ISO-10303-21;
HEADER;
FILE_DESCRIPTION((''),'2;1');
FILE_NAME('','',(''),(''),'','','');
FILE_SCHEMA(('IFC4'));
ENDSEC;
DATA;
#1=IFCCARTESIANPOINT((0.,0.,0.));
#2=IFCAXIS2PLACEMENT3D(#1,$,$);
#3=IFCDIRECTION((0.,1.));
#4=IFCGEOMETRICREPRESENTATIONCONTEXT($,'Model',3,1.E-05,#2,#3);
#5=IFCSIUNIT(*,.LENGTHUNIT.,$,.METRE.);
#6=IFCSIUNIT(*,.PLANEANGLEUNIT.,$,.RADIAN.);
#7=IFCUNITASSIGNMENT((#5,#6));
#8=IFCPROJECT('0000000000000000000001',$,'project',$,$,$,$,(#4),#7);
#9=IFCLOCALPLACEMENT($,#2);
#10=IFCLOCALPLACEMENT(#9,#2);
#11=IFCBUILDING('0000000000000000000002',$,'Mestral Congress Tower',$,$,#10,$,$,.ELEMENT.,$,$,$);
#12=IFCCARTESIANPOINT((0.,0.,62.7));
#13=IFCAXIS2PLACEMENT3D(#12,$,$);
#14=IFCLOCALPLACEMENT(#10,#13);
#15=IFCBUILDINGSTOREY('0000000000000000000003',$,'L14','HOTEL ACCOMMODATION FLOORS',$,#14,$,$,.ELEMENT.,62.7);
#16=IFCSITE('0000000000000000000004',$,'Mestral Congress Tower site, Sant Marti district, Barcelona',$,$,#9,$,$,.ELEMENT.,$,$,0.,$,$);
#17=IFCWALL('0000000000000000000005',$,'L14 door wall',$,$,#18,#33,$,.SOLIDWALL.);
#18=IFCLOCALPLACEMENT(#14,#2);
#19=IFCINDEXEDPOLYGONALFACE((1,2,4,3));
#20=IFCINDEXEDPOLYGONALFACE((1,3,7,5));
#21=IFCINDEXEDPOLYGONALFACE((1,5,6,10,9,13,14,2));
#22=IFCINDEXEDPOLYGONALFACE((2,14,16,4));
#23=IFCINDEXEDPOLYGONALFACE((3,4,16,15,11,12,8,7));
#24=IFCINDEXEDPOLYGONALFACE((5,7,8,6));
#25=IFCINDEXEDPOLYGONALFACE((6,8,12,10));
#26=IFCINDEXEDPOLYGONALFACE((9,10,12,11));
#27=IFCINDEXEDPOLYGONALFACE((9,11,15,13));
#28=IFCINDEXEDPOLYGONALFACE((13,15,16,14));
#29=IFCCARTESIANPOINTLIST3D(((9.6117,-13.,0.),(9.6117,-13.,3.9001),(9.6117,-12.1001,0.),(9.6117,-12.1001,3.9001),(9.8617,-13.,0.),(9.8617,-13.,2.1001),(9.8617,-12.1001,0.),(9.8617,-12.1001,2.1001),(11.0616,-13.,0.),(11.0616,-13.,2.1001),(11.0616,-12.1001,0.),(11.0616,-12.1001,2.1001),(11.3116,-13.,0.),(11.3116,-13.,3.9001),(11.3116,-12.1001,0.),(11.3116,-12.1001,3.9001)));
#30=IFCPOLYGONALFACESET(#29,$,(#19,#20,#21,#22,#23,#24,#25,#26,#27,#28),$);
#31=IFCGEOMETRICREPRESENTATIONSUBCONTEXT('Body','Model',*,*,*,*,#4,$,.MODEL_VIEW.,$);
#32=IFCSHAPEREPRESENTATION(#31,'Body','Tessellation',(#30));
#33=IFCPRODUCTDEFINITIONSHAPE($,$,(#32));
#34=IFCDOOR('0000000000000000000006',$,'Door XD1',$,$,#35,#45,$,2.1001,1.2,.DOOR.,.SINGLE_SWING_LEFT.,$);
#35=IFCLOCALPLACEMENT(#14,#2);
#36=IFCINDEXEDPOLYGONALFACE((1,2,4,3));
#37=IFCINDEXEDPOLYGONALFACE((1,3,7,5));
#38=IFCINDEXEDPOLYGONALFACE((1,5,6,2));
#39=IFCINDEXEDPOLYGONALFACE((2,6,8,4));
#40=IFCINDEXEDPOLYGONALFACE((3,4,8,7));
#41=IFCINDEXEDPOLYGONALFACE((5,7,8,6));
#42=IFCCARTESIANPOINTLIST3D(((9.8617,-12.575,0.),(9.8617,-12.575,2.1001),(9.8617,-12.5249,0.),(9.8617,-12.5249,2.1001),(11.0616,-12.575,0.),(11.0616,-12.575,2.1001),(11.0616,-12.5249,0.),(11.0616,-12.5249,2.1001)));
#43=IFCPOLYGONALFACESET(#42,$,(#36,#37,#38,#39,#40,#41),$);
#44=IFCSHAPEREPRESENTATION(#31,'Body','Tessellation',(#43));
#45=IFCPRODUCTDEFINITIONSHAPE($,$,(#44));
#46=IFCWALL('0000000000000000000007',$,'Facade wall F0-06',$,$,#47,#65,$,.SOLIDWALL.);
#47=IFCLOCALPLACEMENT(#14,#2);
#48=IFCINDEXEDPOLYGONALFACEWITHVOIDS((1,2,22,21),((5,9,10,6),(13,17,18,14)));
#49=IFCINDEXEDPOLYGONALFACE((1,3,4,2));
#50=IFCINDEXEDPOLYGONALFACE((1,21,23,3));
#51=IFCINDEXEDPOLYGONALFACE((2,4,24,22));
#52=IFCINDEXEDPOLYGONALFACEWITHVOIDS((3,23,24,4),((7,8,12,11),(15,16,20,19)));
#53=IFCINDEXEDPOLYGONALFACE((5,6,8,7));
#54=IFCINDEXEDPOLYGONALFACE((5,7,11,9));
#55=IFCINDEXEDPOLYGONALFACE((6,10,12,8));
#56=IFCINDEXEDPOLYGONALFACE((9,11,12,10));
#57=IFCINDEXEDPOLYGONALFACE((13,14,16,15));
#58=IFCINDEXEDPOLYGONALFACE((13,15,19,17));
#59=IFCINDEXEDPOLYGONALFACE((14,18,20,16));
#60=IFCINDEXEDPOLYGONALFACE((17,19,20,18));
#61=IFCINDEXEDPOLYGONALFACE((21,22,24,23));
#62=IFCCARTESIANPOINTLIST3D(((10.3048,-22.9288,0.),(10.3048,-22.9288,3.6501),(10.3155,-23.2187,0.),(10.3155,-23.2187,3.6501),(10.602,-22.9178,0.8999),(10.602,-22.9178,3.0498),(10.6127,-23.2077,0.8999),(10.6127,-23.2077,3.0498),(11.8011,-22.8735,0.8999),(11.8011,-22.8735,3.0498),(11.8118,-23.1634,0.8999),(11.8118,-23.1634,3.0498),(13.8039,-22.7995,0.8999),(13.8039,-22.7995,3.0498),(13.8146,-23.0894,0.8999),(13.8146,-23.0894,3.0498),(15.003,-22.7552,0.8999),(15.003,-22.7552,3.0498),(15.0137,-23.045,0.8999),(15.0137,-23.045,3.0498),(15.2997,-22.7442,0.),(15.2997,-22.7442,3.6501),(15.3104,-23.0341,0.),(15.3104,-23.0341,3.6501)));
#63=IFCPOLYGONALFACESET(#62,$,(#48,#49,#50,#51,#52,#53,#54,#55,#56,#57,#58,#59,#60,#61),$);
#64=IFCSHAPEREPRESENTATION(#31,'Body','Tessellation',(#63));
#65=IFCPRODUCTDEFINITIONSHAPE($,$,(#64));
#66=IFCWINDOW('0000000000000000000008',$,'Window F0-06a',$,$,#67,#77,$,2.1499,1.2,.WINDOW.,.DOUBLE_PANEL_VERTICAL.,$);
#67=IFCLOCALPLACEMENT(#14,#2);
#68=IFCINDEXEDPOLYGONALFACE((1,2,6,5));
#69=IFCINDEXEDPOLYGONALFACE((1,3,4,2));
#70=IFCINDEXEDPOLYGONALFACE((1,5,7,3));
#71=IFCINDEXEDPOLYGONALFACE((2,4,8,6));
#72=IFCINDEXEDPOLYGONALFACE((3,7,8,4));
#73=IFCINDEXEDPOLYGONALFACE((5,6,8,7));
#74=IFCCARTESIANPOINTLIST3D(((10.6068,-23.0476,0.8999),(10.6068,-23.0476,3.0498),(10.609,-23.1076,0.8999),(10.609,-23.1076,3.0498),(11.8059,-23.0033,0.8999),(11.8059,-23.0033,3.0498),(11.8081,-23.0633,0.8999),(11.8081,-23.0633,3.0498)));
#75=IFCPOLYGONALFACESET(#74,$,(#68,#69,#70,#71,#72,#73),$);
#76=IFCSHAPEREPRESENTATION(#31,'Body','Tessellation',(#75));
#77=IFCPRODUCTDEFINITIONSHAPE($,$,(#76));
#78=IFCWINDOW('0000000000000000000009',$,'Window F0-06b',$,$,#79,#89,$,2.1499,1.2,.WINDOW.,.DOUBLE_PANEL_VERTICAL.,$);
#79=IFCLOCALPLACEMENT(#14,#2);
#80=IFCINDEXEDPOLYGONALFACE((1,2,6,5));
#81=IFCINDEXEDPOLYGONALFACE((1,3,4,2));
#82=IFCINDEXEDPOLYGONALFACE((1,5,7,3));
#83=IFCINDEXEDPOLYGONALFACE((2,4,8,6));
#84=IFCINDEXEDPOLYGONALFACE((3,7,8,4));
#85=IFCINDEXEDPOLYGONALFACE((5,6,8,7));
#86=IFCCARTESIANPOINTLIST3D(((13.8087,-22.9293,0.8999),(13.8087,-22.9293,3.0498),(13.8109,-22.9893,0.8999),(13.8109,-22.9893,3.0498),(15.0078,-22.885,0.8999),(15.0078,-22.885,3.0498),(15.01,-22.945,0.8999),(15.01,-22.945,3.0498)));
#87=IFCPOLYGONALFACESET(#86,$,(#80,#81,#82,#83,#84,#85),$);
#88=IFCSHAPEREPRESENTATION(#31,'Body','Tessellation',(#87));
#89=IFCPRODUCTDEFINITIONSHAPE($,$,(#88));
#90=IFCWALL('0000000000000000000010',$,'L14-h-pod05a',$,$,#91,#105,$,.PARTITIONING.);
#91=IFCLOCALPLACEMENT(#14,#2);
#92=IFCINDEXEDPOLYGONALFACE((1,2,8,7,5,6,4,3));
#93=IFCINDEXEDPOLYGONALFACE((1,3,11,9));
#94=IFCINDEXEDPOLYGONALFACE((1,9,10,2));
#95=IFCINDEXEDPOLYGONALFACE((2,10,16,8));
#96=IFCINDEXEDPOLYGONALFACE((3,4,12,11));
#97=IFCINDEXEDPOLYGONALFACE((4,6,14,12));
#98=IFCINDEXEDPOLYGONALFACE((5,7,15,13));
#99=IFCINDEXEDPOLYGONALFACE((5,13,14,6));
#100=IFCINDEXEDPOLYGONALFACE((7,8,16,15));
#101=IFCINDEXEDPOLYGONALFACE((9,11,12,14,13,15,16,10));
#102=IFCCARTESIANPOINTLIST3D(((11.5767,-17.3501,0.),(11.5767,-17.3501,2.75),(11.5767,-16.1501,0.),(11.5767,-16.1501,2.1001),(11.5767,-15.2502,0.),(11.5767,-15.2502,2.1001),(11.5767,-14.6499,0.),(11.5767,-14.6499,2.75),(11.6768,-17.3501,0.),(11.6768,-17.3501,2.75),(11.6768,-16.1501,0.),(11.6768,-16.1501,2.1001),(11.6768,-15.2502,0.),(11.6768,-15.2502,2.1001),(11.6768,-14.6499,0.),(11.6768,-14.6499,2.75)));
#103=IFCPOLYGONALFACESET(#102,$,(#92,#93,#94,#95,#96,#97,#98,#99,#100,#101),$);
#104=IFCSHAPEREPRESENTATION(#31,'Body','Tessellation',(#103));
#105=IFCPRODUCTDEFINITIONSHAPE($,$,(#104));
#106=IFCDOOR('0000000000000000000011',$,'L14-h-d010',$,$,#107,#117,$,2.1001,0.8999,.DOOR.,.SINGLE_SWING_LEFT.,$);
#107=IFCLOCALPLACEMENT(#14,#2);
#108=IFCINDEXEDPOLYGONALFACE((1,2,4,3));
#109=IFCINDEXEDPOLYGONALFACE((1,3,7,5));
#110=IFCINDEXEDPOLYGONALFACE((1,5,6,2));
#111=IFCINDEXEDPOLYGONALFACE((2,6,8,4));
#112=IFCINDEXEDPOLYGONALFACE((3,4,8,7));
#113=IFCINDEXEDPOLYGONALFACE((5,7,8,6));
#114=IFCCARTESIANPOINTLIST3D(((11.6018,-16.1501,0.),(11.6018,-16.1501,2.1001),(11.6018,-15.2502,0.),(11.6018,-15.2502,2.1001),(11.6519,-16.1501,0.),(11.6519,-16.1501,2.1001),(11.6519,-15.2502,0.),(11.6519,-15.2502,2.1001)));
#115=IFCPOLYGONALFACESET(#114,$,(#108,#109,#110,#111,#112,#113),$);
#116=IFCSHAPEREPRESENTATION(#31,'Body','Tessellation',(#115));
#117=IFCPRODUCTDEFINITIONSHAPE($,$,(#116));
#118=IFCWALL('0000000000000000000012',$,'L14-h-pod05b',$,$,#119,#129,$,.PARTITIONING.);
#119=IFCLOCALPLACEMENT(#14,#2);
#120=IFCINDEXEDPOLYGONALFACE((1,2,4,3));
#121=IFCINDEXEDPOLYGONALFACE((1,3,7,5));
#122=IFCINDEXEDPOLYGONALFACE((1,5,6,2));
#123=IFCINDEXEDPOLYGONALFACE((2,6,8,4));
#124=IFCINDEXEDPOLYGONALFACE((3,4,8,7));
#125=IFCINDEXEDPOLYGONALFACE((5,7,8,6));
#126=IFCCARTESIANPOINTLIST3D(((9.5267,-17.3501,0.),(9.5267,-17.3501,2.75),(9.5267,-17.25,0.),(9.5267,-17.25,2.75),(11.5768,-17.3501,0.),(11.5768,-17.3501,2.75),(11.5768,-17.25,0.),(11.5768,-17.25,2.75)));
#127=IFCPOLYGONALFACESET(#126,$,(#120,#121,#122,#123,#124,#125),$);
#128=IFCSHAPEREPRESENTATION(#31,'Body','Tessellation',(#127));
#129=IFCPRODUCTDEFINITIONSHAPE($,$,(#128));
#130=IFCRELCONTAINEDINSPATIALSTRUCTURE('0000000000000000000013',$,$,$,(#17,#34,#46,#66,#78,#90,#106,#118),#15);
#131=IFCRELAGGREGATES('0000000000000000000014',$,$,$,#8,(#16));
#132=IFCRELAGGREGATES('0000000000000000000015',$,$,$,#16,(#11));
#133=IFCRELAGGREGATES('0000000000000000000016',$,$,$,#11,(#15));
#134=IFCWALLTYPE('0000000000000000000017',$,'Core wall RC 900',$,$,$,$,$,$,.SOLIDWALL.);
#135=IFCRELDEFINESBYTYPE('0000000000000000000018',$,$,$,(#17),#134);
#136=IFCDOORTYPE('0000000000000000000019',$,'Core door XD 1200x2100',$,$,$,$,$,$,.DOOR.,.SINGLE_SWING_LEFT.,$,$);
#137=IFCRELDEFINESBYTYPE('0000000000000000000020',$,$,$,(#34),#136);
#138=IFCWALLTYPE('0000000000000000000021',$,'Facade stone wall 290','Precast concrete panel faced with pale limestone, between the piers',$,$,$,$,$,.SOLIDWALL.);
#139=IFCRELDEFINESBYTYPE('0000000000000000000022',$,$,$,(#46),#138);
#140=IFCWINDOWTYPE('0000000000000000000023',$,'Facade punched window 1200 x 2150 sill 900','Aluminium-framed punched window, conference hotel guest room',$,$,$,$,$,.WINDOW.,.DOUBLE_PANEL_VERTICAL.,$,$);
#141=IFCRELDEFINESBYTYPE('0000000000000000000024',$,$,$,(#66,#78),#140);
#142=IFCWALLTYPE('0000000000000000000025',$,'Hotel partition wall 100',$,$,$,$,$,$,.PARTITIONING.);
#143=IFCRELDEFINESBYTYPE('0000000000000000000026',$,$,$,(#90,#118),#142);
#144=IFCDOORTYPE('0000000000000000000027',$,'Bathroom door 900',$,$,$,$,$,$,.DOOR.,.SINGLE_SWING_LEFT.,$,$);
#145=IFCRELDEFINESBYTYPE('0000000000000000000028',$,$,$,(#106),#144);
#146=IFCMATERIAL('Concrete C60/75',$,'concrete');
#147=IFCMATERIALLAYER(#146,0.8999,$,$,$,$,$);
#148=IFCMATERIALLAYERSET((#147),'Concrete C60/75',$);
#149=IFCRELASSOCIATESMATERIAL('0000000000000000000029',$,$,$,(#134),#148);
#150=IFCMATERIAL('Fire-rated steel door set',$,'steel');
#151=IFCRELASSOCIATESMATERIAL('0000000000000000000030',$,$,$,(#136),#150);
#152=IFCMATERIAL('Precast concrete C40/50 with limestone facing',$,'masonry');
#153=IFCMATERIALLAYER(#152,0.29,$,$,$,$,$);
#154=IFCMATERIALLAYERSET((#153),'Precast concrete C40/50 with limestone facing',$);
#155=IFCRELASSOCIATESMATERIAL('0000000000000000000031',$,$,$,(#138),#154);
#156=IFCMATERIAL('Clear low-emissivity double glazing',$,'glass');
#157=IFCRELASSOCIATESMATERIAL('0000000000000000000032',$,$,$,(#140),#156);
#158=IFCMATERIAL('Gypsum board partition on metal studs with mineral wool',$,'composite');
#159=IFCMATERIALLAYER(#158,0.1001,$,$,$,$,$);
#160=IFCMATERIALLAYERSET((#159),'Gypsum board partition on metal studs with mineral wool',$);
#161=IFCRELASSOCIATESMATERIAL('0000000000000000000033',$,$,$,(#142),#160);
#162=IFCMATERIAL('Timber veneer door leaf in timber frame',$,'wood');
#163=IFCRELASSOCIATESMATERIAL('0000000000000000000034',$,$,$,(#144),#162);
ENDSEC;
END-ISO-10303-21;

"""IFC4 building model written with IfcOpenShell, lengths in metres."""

from ifc_helpers import new_model, si_unit, direction, frame, frame_2d, origin, place, context, subcontext, project, spatial, rectangle, extrude, material, layer, layer_set, type_object, element, fill, save


model = new_model("IFC4")

# Units and contexts
model_context = context("Model", 3, precision=1e-05, world=origin(), true_north=direction((0.0, 1.0)))
body_context = subcontext(model_context, "Body", "Model", "MODEL_VIEW")
ifc_project = project(units=[si_unit("LENGTHUNIT", "METRE"), si_unit("PLANEANGLEUNIT", "RADIAN")], contexts=[model_context])

# Site, building, storey
site_placement = place(None, origin())
site = spatial("IfcSite", under=ifc_project, at=site_placement, Name="Mestral Congress Tower site, Sant Marti district, Barcelona", CompositionType="ELEMENT", RefElevation=0.0)
building_placement = place(site_placement, origin())
building = spatial("IfcBuilding", under=site, at=building_placement, Name="Mestral Congress Tower", CompositionType="ELEMENT")
storey_placement = place(building_placement, frame((0.0, 0.0, 62.7)))
storey = spatial("IfcBuildingStorey", under=building, at=storey_placement, Name="L14", Description="HOTEL ACCOMMODATION FLOORS", CompositionType="ELEMENT", Elevation=62.7)

# Shared definitions
ifc_material_1 = material(Name="Concrete C60/75", Category="concrete")
ifc_layer_1 = layer(ifc_material_1, 0.8999)
ifc_layer_set_1 = layer_set([ifc_layer_1], Name="Concrete C60/75")
wall_type_1 = type_object("IfcWallType", Name="Core wall RC 900", PredefinedType="SOLIDWALL", material=ifc_layer_set_1)

# Wall, opening, door
wall_1_placement = place(storey_placement, frame((11.3118, -12.55, 0.0), z_axis=(0.0, 0.0, 1.0), x_axis=(-1.0, 0.0, 0.0)))
wall_1 = element("IfcWall", 1, at=wall_1_placement, inside=storey, type_object=wall_type_1, Name="L14 door wall", PredefinedType="SOLIDWALL", context=body_context, shape_type="SweptSolid", body=[
    extrude(rectangle(XDim=1.7, YDim=0.8999, at=frame_2d((0.8501, 0.0))), origin(), (0.0, 0.0, 1.0), 3.9001),
])
opening_1_placement = place(wall_1_placement, frame((0.25, 0.0, 0.0)))
opening_1 = element("IfcOpeningElement", 2, at=opening_1_placement, cuts=wall_1, PredefinedType="OPENING", context=body_context, shape_type="SweptSolid", body=[
    extrude(rectangle(XDim=1.2, YDim=2.1001, at=frame_2d((0.6001, 1.05))), frame((0.0, 0.46, 0.0), z_axis=(0.0, -1.0, 0.0), x_axis=(1.0, 0.0, 0.0)), (0.0, 0.0, 1.0), 0.9199),
])
ifc_material_2 = material(Name="Fire-rated steel door set", Category="steel")
door_type_1 = type_object("IfcDoorType", Name="Core door XD 1200x2100", OperationType="SINGLE_SWING_LEFT", PredefinedType="DOOR", material=ifc_material_2)
door_1_placement = place(opening_1_placement, origin())
door_1 = element("IfcDoor", 3, at=door_1_placement, inside=storey, type_object=door_type_1, Name="Door XD1", OperationType="SINGLE_SWING_LEFT", OverallHeight=2.1001, OverallWidth=1.2, PredefinedType="DOOR", context=body_context, shape_type="SweptSolid", body=[
    extrude(rectangle(XDim=1.2, YDim=2.1001, at=frame_2d((0.6001, 1.05))), frame((0.0, 0.0249, 0.0), z_axis=(0.0, -1.0, 0.0), x_axis=(1.0, 0.0, 0.0)), (0.0, 0.0, 1.0), 0.05),
])
fill(opening_1, door_1)

# Wall, openings, windows
ifc_material_3 = material(Name="Precast concrete C40/50 with limestone facing", Category="masonry")
ifc_layer_2 = layer(ifc_material_3, 0.29)
ifc_layer_set_2 = layer_set([ifc_layer_2], Name="Precast concrete C40/50 with limestone facing")
wall_type_2 = type_object("IfcWallType", Name="Facade stone wall 290", Description="Precast concrete panel faced with pale limestone, between the piers", PredefinedType="SOLIDWALL", material=ifc_layer_set_2)
wall_2_placement = place(storey_placement, frame((10.3103, -23.0737, 0.0), z_axis=(0.0, 0.0, 1.0), x_axis=(0.999318, 0.036927, 0.0)))
wall_2 = element("IfcWall", 4, at=wall_2_placement, inside=storey, type_object=wall_type_2, Name="Facade wall F0-06", PredefinedType="SOLIDWALL", context=body_context, shape_type="SweptSolid", body=[
    extrude(rectangle(XDim=4.9983, YDim=0.29, at=frame_2d((2.499, 0.0))), origin(), (0.0, 0.0, 1.0), 3.6501),
])
opening_2_placement = place(wall_2_placement, frame((0.2971, 0.0, 0.8999)))
opening_2 = element("IfcOpeningElement", 5, at=opening_2_placement, cuts=wall_2, PredefinedType="OPENING", context=body_context, shape_type="SweptSolid", body=[
    extrude(rectangle(XDim=1.2, YDim=2.1499, at=frame_2d((0.6001, 1.075))), frame((0.0, 0.155, 0.0), z_axis=(0.0, -1.0, 0.0), x_axis=(1.0, 0.0, 0.0)), (0.0, 0.0, 1.0), 0.3101),
])
opening_3_placement = place(wall_2_placement, frame((3.5012, 0.0, 0.8999)))
opening_3 = element("IfcOpeningElement", 6, at=opening_3_placement, cuts=wall_2, PredefinedType="OPENING", context=body_context, shape_type="SweptSolid", body=[
    extrude(rectangle(XDim=1.2, YDim=2.1499, at=frame_2d((0.6001, 1.075))), frame((0.0, 0.155, 0.0), z_axis=(0.0, -1.0, 0.0), x_axis=(1.0, 0.0, 0.0)), (0.0, 0.0, 1.0), 0.3101),
])
ifc_material_4 = material(Name="Clear low-emissivity double glazing", Category="glass")
window_type = type_object("IfcWindowType", Name="Facade punched window 1200 x 2150 sill 900", Description="Aluminium-framed punched window, conference hotel guest room", PartitioningType="DOUBLE_PANEL_VERTICAL", PredefinedType="WINDOW", material=ifc_material_4)
window_1_placement = place(opening_2_placement, origin())
window_1 = element("IfcWindow", 7, at=window_1_placement, inside=storey, type_object=window_type, Name="Window F0-06a", OverallHeight=2.1499, OverallWidth=1.2, PartitioningType="DOUBLE_PANEL_VERTICAL", PredefinedType="WINDOW", context=body_context, shape_type="SweptSolid", body=[
    extrude(rectangle(XDim=1.2, YDim=2.1499, at=frame_2d((0.6001, 1.075))), frame((0.0, 0.0151, 0.0), z_axis=(0.0, -1.0, 0.0), x_axis=(1.0, 0.0, 0.0)), (0.0, 0.0, 1.0), 0.0601),
])
fill(opening_2, window_1)
window_2_placement = place(opening_3_placement, origin())
window_2 = element("IfcWindow", 8, at=window_2_placement, inside=storey, type_object=window_type, Name="Window F0-06b", OverallHeight=2.1499, OverallWidth=1.2, PartitioningType="DOUBLE_PANEL_VERTICAL", PredefinedType="WINDOW", context=body_context, shape_type="SweptSolid", body=[
    extrude(rectangle(XDim=1.2, YDim=2.1499, at=frame_2d((0.6001, 1.075))), frame((0.0, 0.0151, 0.0), z_axis=(0.0, -1.0, 0.0), x_axis=(1.0, 0.0, 0.0)), (0.0, 0.0, 1.0), 0.0601),
])
fill(opening_3, window_2)

# Wall, opening, door
ifc_material_5 = material(Name="Gypsum board partition on metal studs with mineral wool", Category="composite")
ifc_layer_3 = layer(ifc_material_5, 0.1001)
ifc_layer_set_3 = layer_set([ifc_layer_3], Name="Gypsum board partition on metal studs with mineral wool")
wall_type_3 = type_object("IfcWallType", Name="Hotel partition wall 100", PredefinedType="PARTITIONING", material=ifc_layer_set_3)
wall_3_placement = place(storey_placement, frame((11.6267, -17.3501, 0.0), z_axis=(0.0, 0.0, 1.0), x_axis=(0.0, 1.0, 0.0)))
wall_3 = element("IfcWall", 9, at=wall_3_placement, inside=storey, type_object=wall_type_3, Name="L14-h-pod05a", PredefinedType="PARTITIONING", context=body_context, shape_type="SweptSolid", body=[
    extrude(rectangle(XDim=2.7002, YDim=0.1001, at=frame_2d((1.3501, 0.0))), origin(), (0.0, 0.0, 1.0), 2.75),
])
opening_4_placement = place(wall_3_placement, frame((1.2, 0.0, 0.0)))
opening_4 = element("IfcOpeningElement", 10, at=opening_4_placement, cuts=wall_3, PredefinedType="OPENING", context=body_context, shape_type="SweptSolid", body=[
    extrude(rectangle(XDim=0.8999, YDim=2.1001, at=frame_2d((0.45, 1.05))), frame((0.0, 0.0601, 0.0), z_axis=(0.0, -1.0, 0.0), x_axis=(1.0, 0.0, 0.0)), (0.0, 0.0, 1.0), 0.1201),
])
ifc_material_6 = material(Name="Timber veneer door leaf in timber frame", Category="wood")
door_type_2 = type_object("IfcDoorType", Name="Bathroom door 900", OperationType="SINGLE_SWING_LEFT", PredefinedType="DOOR", material=ifc_material_6)
door_2_placement = place(opening_4_placement, origin())
door_2 = element("IfcDoor", 11, at=door_2_placement, inside=storey, type_object=door_type_2, Name="L14-h-d010", OperationType="SINGLE_SWING_LEFT", OverallHeight=2.1001, OverallWidth=0.8999, PredefinedType="DOOR", context=body_context, shape_type="SweptSolid", body=[
    extrude(rectangle(XDim=0.8999, YDim=2.1001, at=frame_2d((0.45, 1.05))), frame((0.0, 0.0249, 0.0), z_axis=(0.0, -1.0, 0.0), x_axis=(1.0, 0.0, 0.0)), (0.0, 0.0, 1.0), 0.05),
])
fill(opening_4, door_2)

# Wall
wall_4_placement = place(storey_placement, frame((11.5767, -17.3, 0.0), z_axis=(0.0, 0.0, 1.0), x_axis=(-1.0, 0.0, 0.0)))
element("IfcWall", 12, at=wall_4_placement, inside=storey, type_object=wall_type_3, Name="L14-h-pod05b", PredefinedType="PARTITIONING", context=body_context, shape_type="SweptSolid", body=[
    extrude(rectangle(XDim=2.05, YDim=0.1001, at=frame_2d((1.0249, 0.0))), origin(), (0.0, 0.0, 1.0), 2.75),
])

save(model, "model.ifc")
